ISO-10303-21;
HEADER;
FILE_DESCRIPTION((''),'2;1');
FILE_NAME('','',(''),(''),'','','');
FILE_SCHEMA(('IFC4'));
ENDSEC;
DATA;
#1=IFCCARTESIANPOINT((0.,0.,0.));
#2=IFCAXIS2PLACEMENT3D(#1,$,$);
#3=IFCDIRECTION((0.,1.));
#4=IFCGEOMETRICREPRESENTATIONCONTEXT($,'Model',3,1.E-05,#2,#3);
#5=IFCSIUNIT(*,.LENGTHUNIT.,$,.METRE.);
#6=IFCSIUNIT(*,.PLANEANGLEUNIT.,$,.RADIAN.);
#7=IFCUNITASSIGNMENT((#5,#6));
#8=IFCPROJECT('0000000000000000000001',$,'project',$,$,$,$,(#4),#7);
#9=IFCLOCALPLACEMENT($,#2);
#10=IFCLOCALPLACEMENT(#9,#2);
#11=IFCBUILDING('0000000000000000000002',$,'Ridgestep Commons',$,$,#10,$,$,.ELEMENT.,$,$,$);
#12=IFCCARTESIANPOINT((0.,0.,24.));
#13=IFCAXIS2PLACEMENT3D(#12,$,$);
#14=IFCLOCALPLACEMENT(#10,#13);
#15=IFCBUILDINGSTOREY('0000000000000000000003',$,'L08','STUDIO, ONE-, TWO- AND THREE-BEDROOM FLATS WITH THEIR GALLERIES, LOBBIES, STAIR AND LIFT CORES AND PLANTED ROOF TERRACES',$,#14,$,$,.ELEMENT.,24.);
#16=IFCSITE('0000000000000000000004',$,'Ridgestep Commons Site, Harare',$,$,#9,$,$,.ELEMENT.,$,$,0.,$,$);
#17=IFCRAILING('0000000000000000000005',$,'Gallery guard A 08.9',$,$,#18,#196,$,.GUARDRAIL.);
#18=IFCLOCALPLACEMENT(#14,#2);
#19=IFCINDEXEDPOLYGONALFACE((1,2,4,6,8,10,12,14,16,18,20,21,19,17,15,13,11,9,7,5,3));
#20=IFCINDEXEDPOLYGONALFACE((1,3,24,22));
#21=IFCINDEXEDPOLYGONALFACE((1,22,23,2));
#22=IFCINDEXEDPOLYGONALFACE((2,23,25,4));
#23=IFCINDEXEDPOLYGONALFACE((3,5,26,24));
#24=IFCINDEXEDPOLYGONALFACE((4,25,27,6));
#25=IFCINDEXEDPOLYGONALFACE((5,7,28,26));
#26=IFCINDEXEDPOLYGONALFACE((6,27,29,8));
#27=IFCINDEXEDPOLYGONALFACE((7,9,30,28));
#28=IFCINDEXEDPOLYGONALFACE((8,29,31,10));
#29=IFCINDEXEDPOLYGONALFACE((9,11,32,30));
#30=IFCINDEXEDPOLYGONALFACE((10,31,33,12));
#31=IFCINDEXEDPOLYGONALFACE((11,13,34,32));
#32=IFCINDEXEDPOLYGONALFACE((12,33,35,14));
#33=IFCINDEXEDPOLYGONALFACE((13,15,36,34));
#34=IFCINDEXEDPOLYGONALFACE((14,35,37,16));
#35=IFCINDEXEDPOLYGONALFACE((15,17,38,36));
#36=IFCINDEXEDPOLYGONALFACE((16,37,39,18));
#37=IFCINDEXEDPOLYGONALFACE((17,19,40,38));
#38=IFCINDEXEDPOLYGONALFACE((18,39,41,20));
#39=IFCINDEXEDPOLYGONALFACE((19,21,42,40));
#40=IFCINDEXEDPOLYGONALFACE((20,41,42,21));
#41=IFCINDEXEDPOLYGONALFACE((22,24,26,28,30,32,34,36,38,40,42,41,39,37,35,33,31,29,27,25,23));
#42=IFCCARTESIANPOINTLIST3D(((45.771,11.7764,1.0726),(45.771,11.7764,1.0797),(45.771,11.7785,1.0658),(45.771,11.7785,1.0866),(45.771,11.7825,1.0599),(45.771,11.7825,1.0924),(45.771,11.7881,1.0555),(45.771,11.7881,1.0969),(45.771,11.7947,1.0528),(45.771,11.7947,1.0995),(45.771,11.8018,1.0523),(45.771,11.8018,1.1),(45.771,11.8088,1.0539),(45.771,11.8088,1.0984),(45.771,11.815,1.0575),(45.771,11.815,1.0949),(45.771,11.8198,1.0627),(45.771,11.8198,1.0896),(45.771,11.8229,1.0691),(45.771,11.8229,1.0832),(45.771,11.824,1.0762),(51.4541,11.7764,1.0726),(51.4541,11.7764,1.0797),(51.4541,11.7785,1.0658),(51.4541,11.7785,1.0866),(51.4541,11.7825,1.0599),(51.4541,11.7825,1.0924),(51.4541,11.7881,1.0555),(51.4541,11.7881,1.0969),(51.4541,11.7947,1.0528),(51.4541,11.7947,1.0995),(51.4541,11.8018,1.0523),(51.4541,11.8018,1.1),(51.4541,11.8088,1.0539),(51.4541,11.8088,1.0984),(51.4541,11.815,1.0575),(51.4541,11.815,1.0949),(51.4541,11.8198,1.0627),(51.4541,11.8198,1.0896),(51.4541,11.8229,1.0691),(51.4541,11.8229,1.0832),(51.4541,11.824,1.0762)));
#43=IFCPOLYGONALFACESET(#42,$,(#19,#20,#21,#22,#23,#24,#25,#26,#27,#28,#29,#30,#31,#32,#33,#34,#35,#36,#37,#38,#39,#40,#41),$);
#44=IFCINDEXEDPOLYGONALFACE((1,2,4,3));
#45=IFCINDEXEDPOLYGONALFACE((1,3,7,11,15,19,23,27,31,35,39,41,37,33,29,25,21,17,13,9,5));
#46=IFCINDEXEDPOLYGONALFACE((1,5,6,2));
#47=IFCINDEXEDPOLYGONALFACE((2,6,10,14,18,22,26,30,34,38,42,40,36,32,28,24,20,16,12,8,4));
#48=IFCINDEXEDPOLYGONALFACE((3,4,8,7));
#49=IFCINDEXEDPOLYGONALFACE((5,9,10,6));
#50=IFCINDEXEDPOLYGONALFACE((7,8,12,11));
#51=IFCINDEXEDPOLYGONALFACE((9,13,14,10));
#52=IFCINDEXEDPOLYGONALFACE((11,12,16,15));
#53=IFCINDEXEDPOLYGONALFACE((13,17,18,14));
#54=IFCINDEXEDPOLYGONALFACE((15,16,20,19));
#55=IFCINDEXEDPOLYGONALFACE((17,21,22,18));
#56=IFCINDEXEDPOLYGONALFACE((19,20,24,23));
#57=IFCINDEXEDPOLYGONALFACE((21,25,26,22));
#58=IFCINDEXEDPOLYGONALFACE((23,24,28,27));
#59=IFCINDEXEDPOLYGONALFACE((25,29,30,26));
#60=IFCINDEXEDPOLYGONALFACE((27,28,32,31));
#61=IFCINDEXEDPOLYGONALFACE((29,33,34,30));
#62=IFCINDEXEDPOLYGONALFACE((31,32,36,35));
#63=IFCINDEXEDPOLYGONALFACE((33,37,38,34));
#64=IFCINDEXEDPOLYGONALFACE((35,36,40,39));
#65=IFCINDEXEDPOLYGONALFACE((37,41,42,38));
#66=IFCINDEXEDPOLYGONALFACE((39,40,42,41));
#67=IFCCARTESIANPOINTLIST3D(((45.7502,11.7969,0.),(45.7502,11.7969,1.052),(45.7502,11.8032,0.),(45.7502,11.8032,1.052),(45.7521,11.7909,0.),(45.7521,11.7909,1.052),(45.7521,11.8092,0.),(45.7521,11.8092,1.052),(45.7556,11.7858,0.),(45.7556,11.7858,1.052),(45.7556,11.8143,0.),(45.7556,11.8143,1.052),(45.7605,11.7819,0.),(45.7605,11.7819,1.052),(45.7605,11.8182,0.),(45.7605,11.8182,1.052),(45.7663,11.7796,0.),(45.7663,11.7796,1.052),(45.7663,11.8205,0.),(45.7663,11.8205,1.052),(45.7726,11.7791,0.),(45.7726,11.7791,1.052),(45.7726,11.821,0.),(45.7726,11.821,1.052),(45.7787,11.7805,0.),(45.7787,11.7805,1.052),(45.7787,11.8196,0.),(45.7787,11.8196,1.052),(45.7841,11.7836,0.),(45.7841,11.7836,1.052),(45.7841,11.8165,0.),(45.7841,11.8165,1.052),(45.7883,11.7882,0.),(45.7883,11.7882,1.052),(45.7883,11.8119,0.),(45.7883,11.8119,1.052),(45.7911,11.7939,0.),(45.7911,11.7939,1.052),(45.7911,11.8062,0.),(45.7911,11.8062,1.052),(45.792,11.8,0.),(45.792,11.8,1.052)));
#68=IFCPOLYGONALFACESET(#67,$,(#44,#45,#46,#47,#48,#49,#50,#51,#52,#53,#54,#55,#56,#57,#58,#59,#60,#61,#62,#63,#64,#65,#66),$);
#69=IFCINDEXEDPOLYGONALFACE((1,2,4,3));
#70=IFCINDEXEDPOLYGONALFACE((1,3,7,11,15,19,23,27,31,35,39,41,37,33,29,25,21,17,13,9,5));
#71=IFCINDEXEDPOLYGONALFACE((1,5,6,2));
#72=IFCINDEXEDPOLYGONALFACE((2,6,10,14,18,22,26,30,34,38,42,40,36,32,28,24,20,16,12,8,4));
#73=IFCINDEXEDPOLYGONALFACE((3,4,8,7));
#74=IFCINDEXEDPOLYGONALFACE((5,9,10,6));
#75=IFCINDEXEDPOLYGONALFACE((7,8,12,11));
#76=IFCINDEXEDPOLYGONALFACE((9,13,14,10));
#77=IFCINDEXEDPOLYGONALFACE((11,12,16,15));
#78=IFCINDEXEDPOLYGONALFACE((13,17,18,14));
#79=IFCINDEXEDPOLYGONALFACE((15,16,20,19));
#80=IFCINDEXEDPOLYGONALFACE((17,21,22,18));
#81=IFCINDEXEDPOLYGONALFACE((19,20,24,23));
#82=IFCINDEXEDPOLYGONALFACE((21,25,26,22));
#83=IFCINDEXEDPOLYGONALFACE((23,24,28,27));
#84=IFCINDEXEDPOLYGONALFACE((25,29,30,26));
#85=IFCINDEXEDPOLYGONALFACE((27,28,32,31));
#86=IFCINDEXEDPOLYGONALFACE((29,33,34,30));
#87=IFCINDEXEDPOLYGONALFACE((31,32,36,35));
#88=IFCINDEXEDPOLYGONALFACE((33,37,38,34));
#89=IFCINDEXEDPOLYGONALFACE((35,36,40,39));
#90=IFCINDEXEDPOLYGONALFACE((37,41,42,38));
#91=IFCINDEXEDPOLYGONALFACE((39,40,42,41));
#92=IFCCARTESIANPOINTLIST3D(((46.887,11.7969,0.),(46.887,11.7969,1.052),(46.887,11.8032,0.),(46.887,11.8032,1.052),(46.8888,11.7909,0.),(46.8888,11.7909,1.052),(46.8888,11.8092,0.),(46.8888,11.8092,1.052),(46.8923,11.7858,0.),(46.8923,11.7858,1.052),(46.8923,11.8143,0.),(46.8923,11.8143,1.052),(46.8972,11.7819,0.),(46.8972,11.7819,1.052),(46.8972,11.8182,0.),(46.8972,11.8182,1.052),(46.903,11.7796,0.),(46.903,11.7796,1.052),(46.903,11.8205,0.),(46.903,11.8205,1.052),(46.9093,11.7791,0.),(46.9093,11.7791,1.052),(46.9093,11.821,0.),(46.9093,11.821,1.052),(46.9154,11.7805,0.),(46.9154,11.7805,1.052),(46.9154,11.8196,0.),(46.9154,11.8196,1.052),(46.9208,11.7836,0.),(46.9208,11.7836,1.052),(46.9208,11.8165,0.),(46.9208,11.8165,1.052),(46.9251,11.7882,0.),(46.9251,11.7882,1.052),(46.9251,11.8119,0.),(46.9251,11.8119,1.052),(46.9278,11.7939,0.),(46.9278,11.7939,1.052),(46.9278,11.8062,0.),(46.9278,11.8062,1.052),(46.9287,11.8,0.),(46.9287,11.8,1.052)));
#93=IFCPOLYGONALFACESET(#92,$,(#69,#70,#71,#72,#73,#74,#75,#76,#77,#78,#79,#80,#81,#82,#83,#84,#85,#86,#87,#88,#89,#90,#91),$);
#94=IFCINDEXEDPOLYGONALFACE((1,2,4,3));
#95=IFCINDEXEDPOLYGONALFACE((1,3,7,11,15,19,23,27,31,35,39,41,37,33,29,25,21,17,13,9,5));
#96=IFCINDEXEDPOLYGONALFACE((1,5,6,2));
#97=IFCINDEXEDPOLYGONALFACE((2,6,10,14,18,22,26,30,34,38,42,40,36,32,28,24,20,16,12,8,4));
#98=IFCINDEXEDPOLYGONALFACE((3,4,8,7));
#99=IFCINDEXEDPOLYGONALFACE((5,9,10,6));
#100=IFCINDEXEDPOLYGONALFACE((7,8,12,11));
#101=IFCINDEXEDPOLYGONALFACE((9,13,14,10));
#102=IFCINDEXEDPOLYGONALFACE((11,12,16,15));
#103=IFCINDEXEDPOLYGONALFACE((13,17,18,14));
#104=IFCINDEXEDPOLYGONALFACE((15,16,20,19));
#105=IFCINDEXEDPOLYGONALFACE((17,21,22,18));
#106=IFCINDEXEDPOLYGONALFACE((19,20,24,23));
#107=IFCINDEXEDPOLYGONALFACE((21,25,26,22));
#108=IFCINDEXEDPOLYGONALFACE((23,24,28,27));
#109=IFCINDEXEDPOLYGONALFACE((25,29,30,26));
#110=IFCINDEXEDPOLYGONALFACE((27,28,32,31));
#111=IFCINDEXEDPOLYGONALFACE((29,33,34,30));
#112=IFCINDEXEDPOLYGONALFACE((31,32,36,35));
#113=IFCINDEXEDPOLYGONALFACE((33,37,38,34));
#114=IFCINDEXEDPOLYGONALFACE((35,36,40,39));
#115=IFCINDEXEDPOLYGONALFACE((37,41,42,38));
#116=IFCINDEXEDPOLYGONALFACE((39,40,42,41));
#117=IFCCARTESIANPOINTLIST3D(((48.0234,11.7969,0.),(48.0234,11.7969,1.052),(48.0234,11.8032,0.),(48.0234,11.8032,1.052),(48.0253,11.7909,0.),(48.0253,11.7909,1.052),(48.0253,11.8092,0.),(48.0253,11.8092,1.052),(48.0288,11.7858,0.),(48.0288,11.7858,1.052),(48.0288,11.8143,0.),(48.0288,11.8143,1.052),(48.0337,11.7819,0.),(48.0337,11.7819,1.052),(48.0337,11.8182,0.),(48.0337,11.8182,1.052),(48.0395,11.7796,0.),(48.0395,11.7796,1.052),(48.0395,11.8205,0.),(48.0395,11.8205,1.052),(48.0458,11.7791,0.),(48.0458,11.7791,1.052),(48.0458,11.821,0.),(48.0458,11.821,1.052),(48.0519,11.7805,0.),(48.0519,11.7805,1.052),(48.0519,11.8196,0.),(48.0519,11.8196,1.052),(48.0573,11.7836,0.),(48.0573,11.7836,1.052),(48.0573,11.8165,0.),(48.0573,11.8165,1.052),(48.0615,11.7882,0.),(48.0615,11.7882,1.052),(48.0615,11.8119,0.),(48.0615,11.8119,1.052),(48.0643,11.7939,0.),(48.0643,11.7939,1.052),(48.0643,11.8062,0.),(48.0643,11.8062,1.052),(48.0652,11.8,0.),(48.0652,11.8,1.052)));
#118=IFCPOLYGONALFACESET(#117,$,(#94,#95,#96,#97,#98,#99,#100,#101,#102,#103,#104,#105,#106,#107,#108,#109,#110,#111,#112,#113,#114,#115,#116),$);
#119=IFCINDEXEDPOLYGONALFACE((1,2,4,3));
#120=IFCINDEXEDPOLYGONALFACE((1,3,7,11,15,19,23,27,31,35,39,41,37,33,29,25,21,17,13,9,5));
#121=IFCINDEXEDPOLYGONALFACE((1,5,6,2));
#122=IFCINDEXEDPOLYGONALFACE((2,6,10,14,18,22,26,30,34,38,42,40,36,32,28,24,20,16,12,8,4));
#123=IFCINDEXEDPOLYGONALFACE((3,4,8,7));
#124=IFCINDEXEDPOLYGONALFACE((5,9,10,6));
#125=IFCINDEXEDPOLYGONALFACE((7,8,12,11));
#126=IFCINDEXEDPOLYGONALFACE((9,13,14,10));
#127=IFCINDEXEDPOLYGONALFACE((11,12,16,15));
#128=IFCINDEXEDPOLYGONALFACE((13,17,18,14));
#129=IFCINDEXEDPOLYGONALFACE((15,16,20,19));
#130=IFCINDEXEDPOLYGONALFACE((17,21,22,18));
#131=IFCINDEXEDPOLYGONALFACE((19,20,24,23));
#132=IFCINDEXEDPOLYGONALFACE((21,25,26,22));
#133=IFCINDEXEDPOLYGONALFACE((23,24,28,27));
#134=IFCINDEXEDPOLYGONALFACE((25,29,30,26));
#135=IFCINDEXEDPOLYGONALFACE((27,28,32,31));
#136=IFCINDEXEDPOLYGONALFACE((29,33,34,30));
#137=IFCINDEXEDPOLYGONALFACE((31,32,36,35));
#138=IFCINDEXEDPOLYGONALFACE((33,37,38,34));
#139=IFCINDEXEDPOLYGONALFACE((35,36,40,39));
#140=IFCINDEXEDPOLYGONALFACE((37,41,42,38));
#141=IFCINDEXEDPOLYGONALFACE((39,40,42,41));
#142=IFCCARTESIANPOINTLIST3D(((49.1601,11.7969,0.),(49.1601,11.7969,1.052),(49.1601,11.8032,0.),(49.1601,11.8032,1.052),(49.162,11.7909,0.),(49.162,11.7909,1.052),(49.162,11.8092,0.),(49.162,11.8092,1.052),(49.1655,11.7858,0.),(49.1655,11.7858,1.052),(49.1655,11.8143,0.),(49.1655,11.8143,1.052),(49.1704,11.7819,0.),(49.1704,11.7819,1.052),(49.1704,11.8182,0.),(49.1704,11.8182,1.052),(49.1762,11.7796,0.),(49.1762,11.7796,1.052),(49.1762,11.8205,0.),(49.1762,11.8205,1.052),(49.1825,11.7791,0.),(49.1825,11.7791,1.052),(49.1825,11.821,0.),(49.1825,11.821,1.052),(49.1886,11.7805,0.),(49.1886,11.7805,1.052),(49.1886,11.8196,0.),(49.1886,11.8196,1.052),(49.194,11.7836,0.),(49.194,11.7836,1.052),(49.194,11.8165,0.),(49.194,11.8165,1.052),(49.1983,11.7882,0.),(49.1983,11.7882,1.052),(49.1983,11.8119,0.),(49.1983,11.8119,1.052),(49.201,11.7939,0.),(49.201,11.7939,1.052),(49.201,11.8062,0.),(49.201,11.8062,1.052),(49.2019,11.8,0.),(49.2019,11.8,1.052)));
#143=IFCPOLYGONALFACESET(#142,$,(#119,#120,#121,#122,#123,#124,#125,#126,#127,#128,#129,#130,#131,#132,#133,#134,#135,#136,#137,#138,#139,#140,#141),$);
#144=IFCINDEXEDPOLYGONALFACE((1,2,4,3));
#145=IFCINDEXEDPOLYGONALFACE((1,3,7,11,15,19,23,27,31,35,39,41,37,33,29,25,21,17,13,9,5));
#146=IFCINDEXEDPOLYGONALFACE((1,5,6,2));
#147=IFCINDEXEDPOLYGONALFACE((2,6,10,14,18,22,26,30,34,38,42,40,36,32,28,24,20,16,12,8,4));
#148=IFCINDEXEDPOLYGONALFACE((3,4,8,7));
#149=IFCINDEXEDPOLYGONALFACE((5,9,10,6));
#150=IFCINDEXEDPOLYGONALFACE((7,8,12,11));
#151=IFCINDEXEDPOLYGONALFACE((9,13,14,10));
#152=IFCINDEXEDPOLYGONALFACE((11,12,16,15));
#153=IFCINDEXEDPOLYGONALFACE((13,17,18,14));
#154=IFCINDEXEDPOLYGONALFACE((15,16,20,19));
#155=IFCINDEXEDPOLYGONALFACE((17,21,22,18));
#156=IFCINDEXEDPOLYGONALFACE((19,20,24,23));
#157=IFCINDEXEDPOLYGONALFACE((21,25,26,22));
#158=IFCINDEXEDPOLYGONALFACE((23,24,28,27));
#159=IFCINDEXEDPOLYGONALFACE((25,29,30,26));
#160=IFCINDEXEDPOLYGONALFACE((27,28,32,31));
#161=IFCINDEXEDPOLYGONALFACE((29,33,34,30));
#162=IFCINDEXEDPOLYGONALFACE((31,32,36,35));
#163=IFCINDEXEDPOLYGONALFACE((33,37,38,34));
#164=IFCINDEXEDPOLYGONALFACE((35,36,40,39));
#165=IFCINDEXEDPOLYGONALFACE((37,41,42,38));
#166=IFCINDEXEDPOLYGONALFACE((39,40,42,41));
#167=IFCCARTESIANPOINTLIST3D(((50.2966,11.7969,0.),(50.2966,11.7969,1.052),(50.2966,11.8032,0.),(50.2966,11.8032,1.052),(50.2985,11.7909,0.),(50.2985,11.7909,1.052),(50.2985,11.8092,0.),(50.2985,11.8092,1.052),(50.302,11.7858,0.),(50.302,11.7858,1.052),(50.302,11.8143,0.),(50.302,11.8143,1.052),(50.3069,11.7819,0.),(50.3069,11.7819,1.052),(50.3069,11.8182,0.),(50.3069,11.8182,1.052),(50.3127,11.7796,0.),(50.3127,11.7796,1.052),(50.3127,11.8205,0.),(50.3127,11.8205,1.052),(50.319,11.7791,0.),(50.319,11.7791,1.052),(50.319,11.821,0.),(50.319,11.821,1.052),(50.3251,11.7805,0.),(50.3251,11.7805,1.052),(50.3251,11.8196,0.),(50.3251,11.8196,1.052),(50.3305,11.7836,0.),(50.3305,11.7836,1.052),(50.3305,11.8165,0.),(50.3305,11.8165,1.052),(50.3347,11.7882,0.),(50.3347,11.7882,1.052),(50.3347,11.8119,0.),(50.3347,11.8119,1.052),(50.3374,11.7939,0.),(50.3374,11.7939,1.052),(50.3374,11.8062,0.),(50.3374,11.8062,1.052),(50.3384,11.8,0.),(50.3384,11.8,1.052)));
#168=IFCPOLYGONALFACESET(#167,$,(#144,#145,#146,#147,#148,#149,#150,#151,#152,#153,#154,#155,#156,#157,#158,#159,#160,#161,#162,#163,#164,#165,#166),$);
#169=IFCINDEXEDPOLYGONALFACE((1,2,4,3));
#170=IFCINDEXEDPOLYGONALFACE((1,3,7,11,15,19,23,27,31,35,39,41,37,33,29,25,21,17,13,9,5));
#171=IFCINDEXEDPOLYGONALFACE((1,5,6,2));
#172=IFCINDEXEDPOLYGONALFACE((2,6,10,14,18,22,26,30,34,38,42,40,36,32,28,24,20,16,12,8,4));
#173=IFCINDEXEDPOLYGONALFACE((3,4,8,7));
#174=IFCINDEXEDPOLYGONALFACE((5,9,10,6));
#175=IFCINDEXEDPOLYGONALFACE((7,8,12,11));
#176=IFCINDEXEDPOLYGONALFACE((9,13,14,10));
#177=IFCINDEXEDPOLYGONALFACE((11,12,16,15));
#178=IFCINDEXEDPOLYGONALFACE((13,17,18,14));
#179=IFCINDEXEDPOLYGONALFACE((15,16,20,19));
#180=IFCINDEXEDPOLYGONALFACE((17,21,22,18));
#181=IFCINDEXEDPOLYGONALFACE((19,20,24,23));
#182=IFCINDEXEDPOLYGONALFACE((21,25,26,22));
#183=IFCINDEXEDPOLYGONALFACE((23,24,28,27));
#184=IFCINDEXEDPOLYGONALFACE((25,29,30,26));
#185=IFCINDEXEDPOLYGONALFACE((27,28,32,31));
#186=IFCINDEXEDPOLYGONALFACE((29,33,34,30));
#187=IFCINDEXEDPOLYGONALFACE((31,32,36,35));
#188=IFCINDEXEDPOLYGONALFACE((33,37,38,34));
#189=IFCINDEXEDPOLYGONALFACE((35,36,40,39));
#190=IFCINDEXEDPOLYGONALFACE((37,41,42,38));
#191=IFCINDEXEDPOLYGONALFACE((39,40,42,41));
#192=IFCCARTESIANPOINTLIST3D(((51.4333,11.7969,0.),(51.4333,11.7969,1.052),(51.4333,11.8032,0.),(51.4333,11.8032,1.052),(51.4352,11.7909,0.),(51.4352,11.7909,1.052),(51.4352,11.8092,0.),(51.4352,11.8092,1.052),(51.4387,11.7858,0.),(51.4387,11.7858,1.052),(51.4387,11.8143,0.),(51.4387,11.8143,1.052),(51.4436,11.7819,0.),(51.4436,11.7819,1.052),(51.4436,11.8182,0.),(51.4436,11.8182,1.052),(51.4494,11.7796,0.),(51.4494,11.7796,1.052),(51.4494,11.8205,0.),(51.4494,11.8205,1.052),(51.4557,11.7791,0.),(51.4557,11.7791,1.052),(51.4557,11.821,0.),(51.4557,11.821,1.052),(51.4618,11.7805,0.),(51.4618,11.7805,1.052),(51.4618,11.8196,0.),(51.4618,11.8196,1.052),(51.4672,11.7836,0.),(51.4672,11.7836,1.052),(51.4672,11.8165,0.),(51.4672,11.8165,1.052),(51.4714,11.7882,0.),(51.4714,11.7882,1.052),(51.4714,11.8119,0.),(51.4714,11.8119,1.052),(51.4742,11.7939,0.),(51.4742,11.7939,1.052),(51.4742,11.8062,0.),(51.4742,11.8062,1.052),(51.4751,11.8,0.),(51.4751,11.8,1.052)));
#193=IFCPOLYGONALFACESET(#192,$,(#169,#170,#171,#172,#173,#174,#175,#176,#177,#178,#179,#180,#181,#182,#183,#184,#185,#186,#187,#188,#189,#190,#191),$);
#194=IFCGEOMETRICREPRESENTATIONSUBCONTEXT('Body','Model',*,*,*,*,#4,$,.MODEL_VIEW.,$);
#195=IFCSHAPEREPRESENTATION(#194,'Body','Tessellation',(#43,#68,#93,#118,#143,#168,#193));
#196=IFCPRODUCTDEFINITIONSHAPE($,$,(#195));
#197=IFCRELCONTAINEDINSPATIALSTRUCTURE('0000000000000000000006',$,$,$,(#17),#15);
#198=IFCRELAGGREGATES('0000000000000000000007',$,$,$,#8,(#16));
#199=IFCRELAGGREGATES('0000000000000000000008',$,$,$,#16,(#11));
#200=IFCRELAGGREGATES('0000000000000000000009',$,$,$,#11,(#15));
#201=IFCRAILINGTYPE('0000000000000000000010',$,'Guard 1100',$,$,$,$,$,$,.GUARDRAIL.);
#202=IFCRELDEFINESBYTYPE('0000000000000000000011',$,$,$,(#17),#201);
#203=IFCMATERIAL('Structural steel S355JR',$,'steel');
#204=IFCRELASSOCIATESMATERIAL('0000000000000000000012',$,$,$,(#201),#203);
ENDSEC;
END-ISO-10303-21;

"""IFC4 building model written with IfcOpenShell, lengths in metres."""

from ifc_helpers import new_model, si_unit, direction, frame, origin, origin_2d, place, context, subcontext, project, spatial, circle, extrude, material, type_object, element, save


model = new_model("IFC4")

# Units and contexts
model_context = context("Model", 3, precision=1e-05, world=origin(), true_north=direction((0.0, 1.0)))
body_context = subcontext(model_context, "Body", "Model", "MODEL_VIEW")
ifc_project = project(units=[si_unit("LENGTHUNIT", "METRE"), si_unit("PLANEANGLEUNIT", "RADIAN")], contexts=[model_context])

# Site, building, storey
site_placement = place(None, origin())
site = spatial("IfcSite", under=ifc_project, at=site_placement, Name="Ridgestep Commons Site, Harare", CompositionType="ELEMENT", RefElevation=0.0)
building_placement = place(site_placement, origin())
building = spatial("IfcBuilding", under=site, at=building_placement, Name="Ridgestep Commons", CompositionType="ELEMENT")
storey_placement = place(building_placement, frame((0.0, 0.0, 24.0)))
storey = spatial("IfcBuildingStorey", under=building, at=storey_placement, Name="L08", Description="STUDIO, ONE-, TWO- AND THREE-BEDROOM FLATS WITH THEIR GALLERIES, LOBBIES, STAIR AND LIFT CORES AND PLANTED ROOF TERRACES", CompositionType="ELEMENT", Elevation=24.0)

# Railing
ifc_material_1 = material(Name="Structural steel S355JR", Category="steel")
railing_type_1 = type_object("IfcRailingType", Name="Guard 1100", PredefinedType="GUARDRAIL", material=ifc_material_1)
railing_1_placement = place(storey_placement, frame((45.771, 11.8, 0.0)))
element("IfcRailing", 1, at=railing_1_placement, inside=storey, type_object=railing_type_1, Name="Gallery guard A 08.9", PredefinedType="GUARDRAIL", context=body_context, shape_type="SweptSolid", body=[
    extrude(circle(Radius=0.0239, at=origin_2d()), frame((0.0, 0.0, 1.0762), z_axis=(1.0, 0.0, 0.0), x_axis=(0.0, 1.0, 0.0)), (0.0, 0.0, 1.0), 5.6831),
    extrude(circle(Radius=0.021, at=origin_2d()), origin(), (0.0, 0.0, 1.0), 1.052),
    extrude(circle(Radius=0.021, at=origin_2d()), frame((1.1367, 0.0, 0.0)), (0.0, 0.0, 1.0), 1.052),
    extrude(circle(Radius=0.021, at=origin_2d()), frame((2.2732, 0.0, 0.0)), (0.0, 0.0, 1.0), 1.052),
    extrude(circle(Radius=0.021, at=origin_2d()), frame((3.4099, 0.0, 0.0)), (0.0, 0.0, 1.0), 1.052),
    extrude(circle(Radius=0.021, at=origin_2d()), frame((4.5464, 0.0, 0.0)), (0.0, 0.0, 1.0), 1.052),
    extrude(circle(Radius=0.021, at=origin_2d()), frame((5.6831, 0.0, 0.0)), (0.0, 0.0, 1.0), 1.052),
])

save(model, "model.ifc")
